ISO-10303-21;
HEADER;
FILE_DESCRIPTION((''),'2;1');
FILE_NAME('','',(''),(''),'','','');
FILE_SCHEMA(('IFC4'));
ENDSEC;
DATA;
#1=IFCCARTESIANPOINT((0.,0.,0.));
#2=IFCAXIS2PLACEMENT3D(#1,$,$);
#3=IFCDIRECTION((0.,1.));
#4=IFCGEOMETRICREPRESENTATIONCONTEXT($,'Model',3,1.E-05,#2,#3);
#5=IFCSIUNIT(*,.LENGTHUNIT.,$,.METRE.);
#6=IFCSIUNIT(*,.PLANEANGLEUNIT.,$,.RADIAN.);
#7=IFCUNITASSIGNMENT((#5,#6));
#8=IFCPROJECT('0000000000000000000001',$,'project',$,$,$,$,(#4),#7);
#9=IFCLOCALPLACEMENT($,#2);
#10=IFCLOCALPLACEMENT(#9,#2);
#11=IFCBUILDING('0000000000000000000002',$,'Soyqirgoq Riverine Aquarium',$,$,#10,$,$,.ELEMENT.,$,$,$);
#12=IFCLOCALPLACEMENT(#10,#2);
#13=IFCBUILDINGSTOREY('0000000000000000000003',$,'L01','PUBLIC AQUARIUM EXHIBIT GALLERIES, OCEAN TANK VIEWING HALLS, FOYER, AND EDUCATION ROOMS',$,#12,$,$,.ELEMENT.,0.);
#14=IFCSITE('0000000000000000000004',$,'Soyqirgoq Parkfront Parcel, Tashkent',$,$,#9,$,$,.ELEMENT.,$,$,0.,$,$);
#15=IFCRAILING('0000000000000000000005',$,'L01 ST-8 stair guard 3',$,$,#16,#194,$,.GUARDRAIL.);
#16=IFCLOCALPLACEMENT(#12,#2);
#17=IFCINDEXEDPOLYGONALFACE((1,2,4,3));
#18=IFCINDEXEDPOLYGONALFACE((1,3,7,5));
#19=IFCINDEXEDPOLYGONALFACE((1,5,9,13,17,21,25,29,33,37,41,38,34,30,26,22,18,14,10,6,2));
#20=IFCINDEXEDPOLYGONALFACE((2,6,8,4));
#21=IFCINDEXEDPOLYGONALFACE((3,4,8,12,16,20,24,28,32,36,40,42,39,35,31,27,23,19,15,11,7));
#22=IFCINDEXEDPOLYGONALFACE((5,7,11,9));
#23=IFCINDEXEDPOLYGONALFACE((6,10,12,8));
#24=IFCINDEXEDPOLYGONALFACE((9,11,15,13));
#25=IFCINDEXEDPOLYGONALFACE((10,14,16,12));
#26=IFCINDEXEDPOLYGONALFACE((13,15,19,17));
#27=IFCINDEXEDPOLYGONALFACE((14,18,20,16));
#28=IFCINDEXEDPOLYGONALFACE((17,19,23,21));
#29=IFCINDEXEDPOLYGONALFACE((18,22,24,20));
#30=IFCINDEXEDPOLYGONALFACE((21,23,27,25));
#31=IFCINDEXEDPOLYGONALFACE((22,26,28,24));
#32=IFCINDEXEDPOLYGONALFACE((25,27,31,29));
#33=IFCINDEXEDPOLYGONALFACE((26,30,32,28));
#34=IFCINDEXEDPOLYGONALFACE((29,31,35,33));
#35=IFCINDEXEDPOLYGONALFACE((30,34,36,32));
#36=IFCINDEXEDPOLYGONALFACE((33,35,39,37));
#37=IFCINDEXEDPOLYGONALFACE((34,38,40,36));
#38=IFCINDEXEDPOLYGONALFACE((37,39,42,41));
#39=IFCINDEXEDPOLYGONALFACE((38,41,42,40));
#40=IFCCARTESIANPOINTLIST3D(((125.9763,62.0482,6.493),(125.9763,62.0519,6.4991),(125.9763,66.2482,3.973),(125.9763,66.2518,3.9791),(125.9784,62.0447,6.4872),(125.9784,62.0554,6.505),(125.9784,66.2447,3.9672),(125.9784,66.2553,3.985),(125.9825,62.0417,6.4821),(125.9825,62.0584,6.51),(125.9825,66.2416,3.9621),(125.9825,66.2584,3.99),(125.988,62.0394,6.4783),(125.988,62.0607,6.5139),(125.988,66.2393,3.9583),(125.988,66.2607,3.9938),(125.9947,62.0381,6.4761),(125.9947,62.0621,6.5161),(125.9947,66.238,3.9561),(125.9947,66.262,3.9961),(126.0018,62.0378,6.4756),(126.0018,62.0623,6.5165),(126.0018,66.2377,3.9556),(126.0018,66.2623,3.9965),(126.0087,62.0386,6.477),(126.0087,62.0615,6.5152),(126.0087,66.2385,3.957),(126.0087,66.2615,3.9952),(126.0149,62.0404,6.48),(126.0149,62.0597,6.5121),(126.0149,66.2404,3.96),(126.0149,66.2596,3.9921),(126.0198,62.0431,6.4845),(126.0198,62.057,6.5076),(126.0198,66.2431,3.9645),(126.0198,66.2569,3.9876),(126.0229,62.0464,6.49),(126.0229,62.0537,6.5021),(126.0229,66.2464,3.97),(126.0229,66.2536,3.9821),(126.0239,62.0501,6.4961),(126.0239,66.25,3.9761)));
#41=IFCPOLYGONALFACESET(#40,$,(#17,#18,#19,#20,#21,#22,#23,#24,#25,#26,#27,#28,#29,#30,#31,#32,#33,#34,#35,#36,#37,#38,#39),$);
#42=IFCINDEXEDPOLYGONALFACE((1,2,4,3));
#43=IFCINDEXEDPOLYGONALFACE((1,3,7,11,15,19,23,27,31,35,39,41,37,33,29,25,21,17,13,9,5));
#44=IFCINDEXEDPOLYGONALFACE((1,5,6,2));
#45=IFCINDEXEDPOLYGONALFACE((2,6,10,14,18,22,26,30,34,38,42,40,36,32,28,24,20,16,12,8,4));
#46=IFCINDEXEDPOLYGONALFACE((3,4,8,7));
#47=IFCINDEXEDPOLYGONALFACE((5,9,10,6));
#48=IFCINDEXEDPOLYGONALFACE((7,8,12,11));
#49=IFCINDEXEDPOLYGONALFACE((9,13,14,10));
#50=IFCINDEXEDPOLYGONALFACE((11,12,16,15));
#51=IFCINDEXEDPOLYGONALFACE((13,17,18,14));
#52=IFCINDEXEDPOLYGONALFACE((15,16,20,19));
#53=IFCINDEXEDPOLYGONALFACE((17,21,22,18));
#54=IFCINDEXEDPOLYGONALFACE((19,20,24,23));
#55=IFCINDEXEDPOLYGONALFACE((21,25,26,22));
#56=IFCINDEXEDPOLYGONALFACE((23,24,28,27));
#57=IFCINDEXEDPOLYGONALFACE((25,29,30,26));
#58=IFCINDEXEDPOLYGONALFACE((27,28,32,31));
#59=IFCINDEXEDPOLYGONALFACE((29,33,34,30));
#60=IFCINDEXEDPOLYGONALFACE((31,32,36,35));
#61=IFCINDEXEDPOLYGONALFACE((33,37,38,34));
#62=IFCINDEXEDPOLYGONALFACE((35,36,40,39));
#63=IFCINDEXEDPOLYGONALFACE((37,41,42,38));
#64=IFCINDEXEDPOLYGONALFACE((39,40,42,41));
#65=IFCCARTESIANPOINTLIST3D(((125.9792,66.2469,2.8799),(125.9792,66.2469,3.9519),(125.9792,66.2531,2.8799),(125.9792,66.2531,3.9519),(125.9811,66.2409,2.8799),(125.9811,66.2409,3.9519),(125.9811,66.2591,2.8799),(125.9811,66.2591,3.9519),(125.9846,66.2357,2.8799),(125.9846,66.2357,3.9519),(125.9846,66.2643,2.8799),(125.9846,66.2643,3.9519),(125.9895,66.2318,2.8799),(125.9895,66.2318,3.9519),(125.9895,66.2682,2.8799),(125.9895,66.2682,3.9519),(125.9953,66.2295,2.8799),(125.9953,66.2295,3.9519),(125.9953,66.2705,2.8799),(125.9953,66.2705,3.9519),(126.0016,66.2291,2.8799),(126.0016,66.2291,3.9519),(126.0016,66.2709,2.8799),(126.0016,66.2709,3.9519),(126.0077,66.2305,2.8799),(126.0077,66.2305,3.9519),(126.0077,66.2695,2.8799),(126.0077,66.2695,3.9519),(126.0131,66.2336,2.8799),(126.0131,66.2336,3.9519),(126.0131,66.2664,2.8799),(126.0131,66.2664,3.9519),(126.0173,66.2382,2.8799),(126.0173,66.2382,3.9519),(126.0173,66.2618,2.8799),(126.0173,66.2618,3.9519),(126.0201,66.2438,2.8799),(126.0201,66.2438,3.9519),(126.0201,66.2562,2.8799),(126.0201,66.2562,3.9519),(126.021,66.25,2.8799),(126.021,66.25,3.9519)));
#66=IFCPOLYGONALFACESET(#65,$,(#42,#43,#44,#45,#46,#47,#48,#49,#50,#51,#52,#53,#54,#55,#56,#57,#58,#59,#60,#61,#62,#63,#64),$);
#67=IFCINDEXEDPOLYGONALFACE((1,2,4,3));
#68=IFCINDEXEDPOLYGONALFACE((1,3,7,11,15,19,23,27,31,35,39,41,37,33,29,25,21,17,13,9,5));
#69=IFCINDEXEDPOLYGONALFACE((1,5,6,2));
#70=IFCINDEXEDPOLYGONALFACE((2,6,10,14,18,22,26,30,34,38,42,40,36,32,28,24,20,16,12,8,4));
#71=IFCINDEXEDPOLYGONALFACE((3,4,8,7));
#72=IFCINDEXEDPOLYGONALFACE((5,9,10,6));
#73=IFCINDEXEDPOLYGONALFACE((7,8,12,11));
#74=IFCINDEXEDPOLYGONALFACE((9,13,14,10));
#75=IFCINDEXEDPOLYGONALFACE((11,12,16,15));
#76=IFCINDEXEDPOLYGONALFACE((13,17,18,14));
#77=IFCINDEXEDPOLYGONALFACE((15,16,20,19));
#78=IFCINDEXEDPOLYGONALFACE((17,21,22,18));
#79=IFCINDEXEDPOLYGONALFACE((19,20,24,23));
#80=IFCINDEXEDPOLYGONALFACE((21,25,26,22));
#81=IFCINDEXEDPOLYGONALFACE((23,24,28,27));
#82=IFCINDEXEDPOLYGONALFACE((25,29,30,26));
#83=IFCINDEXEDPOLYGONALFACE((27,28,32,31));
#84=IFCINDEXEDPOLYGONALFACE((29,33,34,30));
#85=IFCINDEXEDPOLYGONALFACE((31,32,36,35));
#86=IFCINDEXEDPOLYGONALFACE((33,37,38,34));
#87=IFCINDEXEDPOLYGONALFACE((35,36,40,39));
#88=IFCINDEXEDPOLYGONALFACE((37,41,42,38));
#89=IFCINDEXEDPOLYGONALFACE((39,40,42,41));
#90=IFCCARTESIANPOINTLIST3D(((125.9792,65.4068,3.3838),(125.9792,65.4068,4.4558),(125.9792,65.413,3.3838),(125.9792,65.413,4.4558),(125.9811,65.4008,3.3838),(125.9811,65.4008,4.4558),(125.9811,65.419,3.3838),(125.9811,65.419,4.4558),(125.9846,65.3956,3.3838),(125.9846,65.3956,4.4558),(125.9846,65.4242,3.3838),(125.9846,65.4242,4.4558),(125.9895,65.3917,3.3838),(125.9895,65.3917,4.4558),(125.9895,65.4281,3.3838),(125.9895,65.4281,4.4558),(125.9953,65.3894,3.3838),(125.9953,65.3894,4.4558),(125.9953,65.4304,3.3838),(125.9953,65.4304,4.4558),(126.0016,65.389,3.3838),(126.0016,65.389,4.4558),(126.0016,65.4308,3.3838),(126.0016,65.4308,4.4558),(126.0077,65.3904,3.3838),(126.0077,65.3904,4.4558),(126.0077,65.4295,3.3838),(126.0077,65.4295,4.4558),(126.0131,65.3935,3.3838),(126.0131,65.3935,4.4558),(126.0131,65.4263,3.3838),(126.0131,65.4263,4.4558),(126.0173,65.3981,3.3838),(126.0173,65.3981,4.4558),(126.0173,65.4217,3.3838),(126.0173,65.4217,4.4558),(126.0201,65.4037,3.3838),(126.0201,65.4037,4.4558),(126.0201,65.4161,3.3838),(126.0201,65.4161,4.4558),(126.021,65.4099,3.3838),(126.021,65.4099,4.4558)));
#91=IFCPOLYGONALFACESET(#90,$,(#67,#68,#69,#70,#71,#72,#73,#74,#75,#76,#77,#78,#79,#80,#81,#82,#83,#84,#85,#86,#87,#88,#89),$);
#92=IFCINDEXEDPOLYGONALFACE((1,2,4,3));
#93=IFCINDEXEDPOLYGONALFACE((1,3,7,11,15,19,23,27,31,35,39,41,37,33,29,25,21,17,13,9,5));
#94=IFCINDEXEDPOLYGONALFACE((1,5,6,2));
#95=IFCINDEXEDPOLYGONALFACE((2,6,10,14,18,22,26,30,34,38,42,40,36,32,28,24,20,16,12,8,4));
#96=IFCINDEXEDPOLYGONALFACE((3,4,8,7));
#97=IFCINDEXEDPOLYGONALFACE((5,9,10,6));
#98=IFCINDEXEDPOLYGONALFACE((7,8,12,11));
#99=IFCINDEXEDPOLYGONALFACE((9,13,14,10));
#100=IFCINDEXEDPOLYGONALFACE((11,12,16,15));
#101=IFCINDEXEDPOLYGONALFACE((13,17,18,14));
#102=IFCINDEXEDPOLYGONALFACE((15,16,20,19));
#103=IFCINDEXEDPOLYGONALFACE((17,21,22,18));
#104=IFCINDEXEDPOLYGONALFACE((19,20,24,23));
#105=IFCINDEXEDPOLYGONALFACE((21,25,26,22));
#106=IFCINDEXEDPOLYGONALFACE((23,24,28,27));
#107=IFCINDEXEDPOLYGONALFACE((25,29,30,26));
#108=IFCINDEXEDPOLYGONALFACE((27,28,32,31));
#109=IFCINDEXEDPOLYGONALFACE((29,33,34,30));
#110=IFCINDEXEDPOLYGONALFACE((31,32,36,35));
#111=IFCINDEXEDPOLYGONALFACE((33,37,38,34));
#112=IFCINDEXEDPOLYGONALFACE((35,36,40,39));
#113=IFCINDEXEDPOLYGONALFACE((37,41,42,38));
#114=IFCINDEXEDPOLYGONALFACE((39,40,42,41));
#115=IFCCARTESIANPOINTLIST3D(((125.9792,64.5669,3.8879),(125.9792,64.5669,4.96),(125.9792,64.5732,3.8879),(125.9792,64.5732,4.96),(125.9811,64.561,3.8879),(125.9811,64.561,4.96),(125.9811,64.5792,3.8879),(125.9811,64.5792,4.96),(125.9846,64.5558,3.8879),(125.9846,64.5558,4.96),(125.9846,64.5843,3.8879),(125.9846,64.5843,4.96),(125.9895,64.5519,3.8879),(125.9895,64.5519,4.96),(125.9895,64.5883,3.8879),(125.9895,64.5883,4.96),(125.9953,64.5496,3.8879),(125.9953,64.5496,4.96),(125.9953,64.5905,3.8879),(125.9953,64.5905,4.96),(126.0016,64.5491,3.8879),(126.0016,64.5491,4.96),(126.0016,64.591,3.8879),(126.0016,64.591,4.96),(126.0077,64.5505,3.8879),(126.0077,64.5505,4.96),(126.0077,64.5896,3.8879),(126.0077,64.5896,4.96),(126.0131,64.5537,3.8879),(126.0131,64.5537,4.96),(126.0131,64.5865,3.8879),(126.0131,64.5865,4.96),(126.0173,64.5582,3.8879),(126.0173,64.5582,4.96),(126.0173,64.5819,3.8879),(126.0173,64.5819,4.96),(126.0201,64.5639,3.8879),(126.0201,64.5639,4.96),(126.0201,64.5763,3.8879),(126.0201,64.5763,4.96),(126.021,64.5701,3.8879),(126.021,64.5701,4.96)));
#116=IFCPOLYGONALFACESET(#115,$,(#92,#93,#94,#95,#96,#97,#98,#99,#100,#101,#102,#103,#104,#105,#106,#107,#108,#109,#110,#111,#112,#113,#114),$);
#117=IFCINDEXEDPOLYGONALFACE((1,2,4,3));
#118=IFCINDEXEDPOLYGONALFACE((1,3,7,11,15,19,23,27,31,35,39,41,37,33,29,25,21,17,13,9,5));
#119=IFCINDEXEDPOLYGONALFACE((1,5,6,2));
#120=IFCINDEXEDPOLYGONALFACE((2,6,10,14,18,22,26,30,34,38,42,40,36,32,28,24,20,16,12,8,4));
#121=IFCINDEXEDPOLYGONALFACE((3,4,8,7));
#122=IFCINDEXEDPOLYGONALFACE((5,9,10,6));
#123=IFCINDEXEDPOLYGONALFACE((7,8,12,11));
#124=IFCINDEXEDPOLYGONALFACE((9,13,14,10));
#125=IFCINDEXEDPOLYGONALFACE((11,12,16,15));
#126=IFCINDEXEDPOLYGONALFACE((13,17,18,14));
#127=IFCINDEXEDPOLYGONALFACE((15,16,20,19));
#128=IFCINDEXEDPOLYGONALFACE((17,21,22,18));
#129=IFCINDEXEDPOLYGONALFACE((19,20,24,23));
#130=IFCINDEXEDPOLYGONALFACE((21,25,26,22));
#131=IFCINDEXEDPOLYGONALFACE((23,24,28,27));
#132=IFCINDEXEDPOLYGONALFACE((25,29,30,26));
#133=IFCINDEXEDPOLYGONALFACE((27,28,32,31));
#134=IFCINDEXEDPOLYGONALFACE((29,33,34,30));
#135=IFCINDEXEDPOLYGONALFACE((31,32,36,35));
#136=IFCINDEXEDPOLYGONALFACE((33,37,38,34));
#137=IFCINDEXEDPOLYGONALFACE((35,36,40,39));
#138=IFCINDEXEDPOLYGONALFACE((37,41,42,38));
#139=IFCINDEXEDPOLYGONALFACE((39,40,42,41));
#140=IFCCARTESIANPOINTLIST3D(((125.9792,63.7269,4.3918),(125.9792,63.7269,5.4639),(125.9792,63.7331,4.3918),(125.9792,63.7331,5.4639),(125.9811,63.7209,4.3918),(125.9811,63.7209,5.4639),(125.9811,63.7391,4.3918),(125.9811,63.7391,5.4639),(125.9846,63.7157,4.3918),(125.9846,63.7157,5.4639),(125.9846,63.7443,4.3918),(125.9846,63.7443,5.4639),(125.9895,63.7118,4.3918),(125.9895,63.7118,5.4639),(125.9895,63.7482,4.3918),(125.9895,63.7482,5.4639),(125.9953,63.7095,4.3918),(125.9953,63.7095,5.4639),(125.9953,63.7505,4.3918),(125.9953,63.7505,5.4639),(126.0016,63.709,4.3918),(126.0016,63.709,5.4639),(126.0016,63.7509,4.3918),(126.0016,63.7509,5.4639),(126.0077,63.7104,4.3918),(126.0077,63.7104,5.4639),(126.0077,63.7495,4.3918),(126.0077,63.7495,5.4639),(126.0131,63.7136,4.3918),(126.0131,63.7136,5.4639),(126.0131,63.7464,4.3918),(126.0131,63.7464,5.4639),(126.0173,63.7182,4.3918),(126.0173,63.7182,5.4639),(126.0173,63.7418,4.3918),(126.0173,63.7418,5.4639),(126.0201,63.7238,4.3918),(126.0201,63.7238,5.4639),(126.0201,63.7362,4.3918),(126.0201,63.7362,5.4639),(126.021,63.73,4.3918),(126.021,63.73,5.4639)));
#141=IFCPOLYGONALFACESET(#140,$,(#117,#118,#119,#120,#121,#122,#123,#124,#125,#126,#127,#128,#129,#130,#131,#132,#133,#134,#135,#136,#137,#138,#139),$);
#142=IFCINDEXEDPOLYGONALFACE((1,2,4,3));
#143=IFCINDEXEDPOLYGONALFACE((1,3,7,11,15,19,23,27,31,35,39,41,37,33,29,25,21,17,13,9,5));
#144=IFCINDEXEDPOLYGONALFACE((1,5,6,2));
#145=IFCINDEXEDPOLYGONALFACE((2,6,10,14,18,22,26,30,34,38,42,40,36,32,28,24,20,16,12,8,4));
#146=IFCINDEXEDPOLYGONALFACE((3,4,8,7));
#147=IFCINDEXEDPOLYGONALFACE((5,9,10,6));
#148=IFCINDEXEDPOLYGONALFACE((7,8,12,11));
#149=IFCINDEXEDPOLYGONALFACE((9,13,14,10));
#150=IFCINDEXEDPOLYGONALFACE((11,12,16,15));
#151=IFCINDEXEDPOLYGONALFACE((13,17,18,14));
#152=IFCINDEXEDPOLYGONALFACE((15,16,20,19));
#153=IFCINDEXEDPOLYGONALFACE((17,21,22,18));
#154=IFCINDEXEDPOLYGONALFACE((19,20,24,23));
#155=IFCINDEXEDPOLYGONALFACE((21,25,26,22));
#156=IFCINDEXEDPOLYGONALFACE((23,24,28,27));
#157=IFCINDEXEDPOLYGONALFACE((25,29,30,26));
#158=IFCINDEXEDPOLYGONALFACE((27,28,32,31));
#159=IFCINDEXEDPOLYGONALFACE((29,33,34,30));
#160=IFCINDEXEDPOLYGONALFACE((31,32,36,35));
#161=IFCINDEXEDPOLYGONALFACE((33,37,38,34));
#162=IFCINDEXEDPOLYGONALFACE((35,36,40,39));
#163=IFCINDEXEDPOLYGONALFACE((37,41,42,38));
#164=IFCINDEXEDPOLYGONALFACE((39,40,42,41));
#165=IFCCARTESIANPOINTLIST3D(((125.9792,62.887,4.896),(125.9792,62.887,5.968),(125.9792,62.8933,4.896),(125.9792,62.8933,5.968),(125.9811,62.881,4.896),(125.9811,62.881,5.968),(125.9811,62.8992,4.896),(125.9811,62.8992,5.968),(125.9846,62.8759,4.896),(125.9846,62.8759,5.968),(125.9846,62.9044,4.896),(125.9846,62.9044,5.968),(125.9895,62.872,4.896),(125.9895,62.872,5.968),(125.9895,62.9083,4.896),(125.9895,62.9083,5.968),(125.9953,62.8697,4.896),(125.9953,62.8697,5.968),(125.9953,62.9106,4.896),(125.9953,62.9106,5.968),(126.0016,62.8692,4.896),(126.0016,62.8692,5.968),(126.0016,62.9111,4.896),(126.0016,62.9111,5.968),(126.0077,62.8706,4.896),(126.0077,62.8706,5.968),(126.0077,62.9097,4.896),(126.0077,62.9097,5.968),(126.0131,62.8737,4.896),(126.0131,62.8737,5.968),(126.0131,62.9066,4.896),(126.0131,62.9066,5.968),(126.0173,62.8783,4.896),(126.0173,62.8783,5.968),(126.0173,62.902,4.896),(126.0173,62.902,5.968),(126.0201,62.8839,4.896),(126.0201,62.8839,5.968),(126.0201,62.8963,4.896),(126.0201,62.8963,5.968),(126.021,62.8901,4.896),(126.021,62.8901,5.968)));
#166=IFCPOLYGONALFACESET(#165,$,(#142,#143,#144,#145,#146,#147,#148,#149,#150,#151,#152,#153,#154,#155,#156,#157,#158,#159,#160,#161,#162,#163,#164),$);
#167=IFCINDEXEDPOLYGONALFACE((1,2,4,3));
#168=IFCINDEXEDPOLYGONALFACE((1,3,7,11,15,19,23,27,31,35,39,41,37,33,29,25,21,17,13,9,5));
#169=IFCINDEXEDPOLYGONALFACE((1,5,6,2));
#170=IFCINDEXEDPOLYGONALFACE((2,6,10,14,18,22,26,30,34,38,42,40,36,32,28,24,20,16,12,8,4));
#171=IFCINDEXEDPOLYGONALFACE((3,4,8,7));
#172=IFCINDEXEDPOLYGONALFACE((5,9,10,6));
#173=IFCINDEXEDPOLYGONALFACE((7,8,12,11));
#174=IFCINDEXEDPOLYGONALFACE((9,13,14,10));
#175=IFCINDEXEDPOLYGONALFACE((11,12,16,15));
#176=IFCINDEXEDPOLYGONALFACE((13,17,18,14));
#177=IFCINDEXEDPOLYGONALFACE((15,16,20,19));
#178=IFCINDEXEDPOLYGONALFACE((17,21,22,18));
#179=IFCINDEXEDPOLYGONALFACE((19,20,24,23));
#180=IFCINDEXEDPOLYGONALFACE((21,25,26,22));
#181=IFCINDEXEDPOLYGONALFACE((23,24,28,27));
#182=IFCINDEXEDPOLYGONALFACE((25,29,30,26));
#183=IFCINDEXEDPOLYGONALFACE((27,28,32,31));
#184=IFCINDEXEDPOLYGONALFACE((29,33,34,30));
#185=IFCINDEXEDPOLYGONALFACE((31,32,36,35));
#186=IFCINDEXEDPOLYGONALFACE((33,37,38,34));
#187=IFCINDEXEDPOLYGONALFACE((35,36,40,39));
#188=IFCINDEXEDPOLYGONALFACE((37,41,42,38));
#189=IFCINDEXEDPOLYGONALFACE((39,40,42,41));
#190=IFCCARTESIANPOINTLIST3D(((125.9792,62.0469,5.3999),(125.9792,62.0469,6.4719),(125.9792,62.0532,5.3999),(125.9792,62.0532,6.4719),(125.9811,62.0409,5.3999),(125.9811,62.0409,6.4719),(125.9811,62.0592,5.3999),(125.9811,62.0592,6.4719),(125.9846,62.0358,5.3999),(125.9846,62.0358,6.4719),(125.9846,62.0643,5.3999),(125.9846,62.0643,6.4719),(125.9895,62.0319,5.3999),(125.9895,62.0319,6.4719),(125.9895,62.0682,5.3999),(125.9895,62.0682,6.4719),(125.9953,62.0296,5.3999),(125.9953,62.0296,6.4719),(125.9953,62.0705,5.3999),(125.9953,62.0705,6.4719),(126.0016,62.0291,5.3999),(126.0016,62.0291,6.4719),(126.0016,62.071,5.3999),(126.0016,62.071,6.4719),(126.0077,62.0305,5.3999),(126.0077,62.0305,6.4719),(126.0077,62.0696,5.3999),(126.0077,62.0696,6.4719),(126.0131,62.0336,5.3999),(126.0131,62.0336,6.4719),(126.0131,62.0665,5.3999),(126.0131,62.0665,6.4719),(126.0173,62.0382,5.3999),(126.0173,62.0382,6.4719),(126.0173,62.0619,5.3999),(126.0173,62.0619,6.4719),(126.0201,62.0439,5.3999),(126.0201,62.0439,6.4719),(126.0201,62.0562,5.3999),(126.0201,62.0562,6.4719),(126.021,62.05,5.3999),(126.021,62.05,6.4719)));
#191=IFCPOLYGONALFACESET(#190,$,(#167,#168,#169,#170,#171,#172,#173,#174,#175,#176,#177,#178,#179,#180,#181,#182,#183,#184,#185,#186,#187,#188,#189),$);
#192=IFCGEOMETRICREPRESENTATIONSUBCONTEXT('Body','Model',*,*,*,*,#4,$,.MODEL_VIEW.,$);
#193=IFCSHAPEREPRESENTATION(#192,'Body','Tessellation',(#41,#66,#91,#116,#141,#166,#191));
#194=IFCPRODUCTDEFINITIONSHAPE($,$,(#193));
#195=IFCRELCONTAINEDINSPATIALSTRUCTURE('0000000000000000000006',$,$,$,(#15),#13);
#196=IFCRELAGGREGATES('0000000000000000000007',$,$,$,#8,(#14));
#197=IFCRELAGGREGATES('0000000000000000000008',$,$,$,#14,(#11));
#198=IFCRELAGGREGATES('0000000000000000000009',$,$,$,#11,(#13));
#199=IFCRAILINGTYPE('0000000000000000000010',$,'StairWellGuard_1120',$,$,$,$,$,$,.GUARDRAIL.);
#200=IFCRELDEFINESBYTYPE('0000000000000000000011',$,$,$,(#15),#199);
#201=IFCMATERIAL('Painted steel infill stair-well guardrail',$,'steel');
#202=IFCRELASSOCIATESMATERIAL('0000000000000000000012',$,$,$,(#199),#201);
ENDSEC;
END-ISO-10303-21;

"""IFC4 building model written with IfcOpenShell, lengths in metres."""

from ifc_helpers import new_model, si_unit, direction, frame, origin, origin_2d, place, context, subcontext, project, spatial, circle, extrude, material, type_object, element, save


model = new_model("IFC4")

# Units and contexts
model_context = context("Model", 3, precision=1e-05, world=origin(), true_north=direction((0.0, 1.0)))
body_context = subcontext(model_context, "Body", "Model", "MODEL_VIEW")
ifc_project = project(units=[si_unit("LENGTHUNIT", "METRE"), si_unit("PLANEANGLEUNIT", "RADIAN")], contexts=[model_context])

# Site, building, storey
site_placement = place(None, origin())
site = spatial("IfcSite", under=ifc_project, at=site_placement, Name="Soyqirgoq Parkfront Parcel, Tashkent", CompositionType="ELEMENT", RefElevation=0.0)
building_placement = place(site_placement, origin())
building = spatial("IfcBuilding", under=site, at=building_placement, Name="Soyqirgoq Riverine Aquarium", CompositionType="ELEMENT")
storey_placement = place(building_placement, origin())
storey = spatial("IfcBuildingStorey", under=building, at=storey_placement, Name="L01", Description="PUBLIC AQUARIUM EXHIBIT GALLERIES, OCEAN TANK VIEWING HALLS, FOYER, AND EDUCATION ROOMS", CompositionType="ELEMENT", Elevation=0.0)

# Railing
ifc_material_1 = material(Name="Painted steel infill stair-well guardrail", Category="steel")
railing_type_1 = type_object("IfcRailingType", Name="StairWellGuard_1120", PredefinedType="GUARDRAIL", material=ifc_material_1)
railing_1_placement = place(storey_placement, frame((126.0, 66.25, 2.8799)))
element("IfcRailing", 1, at=railing_1_placement, inside=storey, type_object=railing_type_1, Name="L01 ST-8 stair guard 3", PredefinedType="GUARDRAIL", context=body_context, shape_type="SweptSolid", body=[
    extrude(circle(Radius=0.0239, at=origin_2d()), frame((0.0, 0.0, 1.0962), z_axis=(0.0, -0.857489, 0.514503), x_axis=(1.0, 0.0, 0.0)), (0.0, 0.0, 1.0), 4.8979),
    extrude(circle(Radius=0.021, at=origin_2d()), origin(), (0.0, 0.0, 1.0), 1.072),
    extrude(circle(Radius=0.021, at=origin_2d()), frame((0.0, -0.8401, 0.5039)), (0.0, 0.0, 1.0), 1.072),
    extrude(circle(Radius=0.021, at=origin_2d()), frame((0.0, -1.6799, 1.0081)), (0.0, 0.0, 1.0), 1.072),
    extrude(circle(Radius=0.021, at=origin_2d()), frame((0.0, -2.52, 1.512)), (0.0, 0.0, 1.0), 1.072),
    extrude(circle(Radius=0.021, at=origin_2d()), frame((0.0, -3.3599, 2.0161)), (0.0, 0.0, 1.0), 1.072),
    extrude(circle(Radius=0.021, at=origin_2d()), frame((0.0, -4.2, 2.52)), (0.0, 0.0, 1.0), 1.072),
])

save(model, "model.ifc")
